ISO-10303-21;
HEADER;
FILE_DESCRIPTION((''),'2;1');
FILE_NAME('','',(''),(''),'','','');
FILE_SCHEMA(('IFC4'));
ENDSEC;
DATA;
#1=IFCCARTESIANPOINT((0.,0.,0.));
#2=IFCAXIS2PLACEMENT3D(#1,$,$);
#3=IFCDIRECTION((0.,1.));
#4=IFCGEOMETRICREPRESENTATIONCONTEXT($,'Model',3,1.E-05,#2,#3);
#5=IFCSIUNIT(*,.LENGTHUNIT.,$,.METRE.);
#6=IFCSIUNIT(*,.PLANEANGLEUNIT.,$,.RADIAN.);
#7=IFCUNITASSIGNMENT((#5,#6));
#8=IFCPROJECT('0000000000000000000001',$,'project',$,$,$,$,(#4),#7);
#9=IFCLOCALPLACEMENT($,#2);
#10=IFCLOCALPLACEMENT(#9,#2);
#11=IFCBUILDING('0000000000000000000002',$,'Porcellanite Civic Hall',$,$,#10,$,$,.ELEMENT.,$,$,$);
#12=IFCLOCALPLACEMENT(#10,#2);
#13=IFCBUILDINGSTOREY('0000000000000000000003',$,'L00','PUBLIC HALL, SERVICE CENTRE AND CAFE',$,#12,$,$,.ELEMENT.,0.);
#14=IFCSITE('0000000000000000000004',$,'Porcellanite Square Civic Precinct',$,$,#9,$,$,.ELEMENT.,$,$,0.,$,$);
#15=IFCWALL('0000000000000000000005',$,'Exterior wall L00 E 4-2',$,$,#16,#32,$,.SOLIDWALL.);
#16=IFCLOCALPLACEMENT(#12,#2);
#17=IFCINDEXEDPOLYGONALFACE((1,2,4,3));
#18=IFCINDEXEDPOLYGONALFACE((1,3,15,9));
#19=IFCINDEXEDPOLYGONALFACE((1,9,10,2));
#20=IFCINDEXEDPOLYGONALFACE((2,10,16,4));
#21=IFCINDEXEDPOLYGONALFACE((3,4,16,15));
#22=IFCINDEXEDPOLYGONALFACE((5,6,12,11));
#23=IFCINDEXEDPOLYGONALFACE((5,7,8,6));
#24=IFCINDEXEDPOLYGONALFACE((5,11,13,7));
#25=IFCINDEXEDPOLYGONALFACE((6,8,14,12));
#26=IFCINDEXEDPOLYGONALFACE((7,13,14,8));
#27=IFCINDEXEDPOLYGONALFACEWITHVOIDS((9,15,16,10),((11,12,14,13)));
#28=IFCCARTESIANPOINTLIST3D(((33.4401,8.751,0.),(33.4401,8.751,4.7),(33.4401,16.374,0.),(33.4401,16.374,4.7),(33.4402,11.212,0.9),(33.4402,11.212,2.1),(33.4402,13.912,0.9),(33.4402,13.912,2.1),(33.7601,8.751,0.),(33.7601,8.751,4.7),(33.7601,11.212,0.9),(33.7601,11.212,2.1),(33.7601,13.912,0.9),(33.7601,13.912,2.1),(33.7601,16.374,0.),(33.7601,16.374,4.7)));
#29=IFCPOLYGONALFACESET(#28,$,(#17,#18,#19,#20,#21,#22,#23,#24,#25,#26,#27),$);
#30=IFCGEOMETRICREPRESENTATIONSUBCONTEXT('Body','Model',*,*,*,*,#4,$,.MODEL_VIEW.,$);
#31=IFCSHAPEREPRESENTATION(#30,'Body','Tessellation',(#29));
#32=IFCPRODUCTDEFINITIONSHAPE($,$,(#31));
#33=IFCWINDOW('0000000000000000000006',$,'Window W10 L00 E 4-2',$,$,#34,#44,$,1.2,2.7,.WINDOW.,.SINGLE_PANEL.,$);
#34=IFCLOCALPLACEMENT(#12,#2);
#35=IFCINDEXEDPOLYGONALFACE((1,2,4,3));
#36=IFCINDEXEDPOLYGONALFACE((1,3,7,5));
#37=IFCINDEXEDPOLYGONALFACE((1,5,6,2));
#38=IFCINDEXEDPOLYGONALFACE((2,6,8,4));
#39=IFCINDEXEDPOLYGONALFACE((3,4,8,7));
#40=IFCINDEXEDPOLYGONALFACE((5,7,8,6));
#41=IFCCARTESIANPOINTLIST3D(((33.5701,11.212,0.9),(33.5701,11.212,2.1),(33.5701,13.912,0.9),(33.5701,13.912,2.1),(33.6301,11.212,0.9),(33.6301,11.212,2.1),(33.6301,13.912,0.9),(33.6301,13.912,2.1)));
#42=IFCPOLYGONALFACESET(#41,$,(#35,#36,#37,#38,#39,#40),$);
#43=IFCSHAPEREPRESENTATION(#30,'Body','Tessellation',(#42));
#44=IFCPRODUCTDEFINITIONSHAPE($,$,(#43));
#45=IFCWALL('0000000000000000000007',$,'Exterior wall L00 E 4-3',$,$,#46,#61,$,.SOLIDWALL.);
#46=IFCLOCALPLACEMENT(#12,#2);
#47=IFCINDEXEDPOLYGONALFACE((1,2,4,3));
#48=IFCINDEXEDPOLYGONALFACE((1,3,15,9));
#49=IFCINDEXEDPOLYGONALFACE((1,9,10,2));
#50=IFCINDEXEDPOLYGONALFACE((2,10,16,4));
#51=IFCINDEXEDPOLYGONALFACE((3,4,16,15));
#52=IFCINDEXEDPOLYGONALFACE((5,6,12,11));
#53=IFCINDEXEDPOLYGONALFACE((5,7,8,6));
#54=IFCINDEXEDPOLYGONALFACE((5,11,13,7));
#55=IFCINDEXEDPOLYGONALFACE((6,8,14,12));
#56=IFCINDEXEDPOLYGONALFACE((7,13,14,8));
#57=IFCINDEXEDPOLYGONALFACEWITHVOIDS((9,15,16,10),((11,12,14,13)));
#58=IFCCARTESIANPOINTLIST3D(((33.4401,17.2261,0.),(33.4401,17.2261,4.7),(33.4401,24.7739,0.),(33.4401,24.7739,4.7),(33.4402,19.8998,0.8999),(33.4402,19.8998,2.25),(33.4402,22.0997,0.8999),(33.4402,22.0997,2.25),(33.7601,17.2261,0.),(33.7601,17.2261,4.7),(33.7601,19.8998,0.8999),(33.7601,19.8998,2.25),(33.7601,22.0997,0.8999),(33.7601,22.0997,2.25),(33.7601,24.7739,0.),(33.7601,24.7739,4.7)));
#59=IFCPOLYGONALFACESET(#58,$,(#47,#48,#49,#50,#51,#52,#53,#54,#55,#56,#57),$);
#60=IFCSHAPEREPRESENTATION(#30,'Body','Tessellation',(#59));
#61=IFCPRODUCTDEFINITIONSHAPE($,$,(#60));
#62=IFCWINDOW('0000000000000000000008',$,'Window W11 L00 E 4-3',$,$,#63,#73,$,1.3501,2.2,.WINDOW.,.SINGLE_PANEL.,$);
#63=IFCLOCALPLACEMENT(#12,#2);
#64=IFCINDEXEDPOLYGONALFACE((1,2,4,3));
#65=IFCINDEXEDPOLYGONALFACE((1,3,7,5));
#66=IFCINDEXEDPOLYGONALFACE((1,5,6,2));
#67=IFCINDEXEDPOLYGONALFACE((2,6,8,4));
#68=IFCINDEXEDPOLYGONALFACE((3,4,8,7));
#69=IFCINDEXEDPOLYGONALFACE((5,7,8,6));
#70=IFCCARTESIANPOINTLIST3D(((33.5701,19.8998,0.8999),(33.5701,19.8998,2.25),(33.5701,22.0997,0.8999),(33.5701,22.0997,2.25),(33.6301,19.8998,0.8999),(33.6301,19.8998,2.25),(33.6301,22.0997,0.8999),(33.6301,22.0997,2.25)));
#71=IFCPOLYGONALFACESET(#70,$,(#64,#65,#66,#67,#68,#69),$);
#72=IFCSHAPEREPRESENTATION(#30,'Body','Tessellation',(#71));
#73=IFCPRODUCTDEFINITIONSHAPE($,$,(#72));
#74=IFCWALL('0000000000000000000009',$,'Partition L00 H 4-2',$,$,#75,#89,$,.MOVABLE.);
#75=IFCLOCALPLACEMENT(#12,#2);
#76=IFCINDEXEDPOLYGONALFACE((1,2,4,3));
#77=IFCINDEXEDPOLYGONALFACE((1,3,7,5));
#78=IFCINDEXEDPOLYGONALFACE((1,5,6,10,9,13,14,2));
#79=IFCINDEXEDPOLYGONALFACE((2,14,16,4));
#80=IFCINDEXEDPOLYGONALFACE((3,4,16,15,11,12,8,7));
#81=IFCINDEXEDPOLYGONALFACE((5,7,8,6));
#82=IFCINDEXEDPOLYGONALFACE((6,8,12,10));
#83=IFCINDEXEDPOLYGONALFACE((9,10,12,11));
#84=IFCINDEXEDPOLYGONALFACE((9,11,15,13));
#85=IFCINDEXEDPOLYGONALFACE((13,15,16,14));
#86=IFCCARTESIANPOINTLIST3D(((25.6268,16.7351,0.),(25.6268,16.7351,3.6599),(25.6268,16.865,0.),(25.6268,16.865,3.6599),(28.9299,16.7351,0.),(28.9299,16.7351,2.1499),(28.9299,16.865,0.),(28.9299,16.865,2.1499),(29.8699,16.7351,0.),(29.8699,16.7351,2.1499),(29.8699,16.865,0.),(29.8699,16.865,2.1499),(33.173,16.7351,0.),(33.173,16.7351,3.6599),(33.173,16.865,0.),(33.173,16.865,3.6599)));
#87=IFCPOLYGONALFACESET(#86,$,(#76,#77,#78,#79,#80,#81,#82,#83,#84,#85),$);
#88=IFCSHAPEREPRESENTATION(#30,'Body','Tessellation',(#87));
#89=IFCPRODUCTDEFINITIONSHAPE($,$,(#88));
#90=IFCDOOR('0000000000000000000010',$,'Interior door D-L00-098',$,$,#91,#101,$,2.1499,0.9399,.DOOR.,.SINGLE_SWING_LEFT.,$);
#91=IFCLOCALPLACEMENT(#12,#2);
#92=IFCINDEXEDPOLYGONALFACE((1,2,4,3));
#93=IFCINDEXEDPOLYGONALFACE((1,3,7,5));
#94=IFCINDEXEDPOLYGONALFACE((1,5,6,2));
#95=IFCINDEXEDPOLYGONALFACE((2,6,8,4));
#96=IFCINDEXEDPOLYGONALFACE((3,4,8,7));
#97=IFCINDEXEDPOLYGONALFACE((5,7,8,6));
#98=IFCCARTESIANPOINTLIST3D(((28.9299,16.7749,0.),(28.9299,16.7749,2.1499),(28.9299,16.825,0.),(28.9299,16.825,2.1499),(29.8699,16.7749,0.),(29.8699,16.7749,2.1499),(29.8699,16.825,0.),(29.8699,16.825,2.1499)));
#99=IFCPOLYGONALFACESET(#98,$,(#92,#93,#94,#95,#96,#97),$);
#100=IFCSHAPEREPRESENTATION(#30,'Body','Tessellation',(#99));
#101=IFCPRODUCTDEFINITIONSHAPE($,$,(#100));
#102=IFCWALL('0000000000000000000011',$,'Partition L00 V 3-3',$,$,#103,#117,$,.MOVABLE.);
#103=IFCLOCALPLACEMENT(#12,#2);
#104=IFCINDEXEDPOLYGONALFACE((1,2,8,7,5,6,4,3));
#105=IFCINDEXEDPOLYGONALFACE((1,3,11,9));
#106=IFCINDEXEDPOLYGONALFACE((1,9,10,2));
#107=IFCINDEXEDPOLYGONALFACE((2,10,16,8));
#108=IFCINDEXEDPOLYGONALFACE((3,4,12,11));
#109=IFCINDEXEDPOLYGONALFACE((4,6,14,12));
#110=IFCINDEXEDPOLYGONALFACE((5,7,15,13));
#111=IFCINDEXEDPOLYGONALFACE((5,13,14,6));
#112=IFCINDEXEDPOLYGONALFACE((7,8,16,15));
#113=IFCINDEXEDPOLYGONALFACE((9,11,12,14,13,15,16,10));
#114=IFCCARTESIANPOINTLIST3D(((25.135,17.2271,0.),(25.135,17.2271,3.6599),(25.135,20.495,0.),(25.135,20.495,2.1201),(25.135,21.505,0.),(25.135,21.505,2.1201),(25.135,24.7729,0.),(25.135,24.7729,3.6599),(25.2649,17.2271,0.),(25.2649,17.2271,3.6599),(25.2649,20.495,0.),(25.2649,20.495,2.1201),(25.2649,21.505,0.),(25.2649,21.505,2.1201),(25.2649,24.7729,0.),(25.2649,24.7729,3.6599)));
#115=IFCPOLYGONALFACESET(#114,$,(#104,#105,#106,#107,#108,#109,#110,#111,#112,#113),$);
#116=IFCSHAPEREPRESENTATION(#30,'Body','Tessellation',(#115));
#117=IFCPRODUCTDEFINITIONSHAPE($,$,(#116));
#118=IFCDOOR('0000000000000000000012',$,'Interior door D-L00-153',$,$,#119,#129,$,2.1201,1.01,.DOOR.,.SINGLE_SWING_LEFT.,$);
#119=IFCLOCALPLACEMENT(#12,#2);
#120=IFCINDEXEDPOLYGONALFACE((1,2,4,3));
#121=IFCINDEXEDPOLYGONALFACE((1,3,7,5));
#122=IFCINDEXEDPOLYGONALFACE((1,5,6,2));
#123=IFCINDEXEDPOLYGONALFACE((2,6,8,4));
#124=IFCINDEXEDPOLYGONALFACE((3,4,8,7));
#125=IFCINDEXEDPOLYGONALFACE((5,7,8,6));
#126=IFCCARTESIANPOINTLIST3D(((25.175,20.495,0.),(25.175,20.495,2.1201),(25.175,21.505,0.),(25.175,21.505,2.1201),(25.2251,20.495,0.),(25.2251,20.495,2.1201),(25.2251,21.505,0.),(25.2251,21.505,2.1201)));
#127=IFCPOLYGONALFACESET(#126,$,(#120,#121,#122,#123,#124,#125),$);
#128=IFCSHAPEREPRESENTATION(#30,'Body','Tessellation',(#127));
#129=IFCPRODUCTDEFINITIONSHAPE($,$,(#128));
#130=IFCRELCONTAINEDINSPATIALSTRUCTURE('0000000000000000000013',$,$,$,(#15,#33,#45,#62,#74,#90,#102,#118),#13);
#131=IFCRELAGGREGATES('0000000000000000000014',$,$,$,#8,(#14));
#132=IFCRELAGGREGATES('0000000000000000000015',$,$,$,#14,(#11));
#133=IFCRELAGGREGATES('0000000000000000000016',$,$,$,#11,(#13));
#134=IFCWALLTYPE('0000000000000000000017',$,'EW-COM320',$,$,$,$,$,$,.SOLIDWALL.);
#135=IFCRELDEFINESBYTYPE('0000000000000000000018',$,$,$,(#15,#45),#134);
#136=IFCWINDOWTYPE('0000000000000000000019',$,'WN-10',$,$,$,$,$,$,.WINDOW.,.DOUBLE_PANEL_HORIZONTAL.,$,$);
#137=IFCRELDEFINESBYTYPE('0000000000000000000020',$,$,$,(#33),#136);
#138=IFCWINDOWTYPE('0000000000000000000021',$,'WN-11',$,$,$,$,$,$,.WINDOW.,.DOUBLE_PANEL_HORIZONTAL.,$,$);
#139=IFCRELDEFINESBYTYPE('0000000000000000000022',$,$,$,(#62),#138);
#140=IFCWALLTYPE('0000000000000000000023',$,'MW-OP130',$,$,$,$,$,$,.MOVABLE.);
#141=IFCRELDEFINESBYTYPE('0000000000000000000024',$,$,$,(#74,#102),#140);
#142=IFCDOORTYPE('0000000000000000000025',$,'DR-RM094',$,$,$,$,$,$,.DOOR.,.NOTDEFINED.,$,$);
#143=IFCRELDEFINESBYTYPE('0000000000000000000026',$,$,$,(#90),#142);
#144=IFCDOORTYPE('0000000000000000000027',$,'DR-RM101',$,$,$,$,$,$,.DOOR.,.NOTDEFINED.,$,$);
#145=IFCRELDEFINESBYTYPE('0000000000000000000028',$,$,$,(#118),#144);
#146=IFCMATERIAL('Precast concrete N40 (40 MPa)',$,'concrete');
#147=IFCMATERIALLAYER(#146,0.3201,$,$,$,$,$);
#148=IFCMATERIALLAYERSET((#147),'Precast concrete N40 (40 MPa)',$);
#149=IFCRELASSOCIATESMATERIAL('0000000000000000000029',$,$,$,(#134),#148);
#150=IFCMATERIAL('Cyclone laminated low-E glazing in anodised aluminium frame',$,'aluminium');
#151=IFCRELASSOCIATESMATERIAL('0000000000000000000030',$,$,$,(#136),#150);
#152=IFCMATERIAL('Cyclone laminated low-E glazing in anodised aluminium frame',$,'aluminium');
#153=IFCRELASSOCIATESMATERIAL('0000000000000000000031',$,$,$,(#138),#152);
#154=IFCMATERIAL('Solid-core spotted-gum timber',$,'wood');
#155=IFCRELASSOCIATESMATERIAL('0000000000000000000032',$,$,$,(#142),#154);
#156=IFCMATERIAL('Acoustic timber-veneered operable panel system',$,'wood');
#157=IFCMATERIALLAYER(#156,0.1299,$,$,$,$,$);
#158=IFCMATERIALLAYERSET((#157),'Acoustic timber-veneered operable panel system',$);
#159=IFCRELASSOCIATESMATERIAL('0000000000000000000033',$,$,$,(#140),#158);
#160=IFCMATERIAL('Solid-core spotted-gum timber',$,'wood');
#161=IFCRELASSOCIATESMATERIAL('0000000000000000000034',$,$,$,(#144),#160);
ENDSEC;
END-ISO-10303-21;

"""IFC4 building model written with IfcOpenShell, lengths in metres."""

from ifc_helpers import new_model, si_unit, direction, frame, frame_2d, origin, place, context, subcontext, project, spatial, rectangle, extrude, material, layer, layer_set, type_object, element, fill, save


model = new_model("IFC4")

# Units and contexts
model_context = context("Model", 3, precision=1e-05, world=origin(), true_north=direction((0.0, 1.0)))
body_context = subcontext(model_context, "Body", "Model", "MODEL_VIEW")
ifc_project = project(units=[si_unit("LENGTHUNIT", "METRE"), si_unit("PLANEANGLEUNIT", "RADIAN")], contexts=[model_context])

# Site, building, storey
site_placement = place(None, origin())
site = spatial("IfcSite", under=ifc_project, at=site_placement, Name="Porcellanite Square Civic Precinct", CompositionType="ELEMENT", RefElevation=0.0)
building_placement = place(site_placement, origin())
building = spatial("IfcBuilding", under=site, at=building_placement, Name="Porcellanite Civic Hall", CompositionType="ELEMENT")
storey_placement = place(building_placement, origin())
storey = spatial("IfcBuildingStorey", under=building, at=storey_placement, Name="L00", Description="PUBLIC HALL, SERVICE CENTRE AND CAFE", CompositionType="ELEMENT", Elevation=0.0)

# Walls, openings, windows
ifc_material_1 = material(Name="Precast concrete N40 (40 MPa)", Category="concrete")
ifc_layer_1 = layer(ifc_material_1, 0.3201)
ifc_layer_set_1 = layer_set([ifc_layer_1], Name="Precast concrete N40 (40 MPa)")
wall_type_1 = type_object("IfcWallType", Name="EW-COM320", PredefinedType="SOLIDWALL", material=ifc_layer_set_1)
wall_1_placement = place(storey_placement, frame((33.6001, 16.374, 0.0), z_axis=(0.0, 0.0, 1.0), x_axis=(0.0, -1.0, 0.0)))
wall_1 = element("IfcWall", 1, at=wall_1_placement, inside=storey, type_object=wall_type_1, Name="Exterior wall L00 E 4-2", PredefinedType="SOLIDWALL", context=body_context, shape_type="SweptSolid", body=[
    extrude(rectangle(XDim=7.623, YDim=0.3201, at=frame_2d((3.8115, 0.0))), origin(), (0.0, 0.0, 1.0), 4.7),
])
opening_1_placement = place(wall_1_placement, frame((2.4619, 0.0, 0.8999)))
opening_1 = element("IfcOpeningElement", 2, at=opening_1_placement, cuts=wall_1, PredefinedType="OPENING", context=body_context, shape_type="SweptSolid", body=[
    extrude(rectangle(XDim=2.7, YDim=1.2, at=frame_2d((1.3501, 0.6001))), frame((0.0, 0.1602, 0.0), z_axis=(0.0, -1.0, 0.0), x_axis=(1.0, 0.0, 0.0)), (0.0, 0.0, 1.0), 0.3201),
])
ifc_material_2 = material(Name="Cyclone laminated low-E glazing in anodised aluminium frame", Category="aluminium")
window_type_1 = type_object("IfcWindowType", Name="WN-10", PartitioningType="DOUBLE_PANEL_HORIZONTAL", PredefinedType="WINDOW", material=ifc_material_2)
window_1_placement = place(opening_1_placement, origin())
window_1 = element("IfcWindow", 3, at=window_1_placement, inside=storey, type_object=window_type_1, Name="Window W10 L00 E 4-2", OverallHeight=1.2, OverallWidth=2.7, PartitioningType="SINGLE_PANEL", PredefinedType="WINDOW", context=body_context, shape_type="SweptSolid", body=[
    extrude(rectangle(XDim=2.7, YDim=1.2, at=frame_2d((1.3501, 0.6001))), frame((0.0, 0.03, 0.0), z_axis=(0.0, -1.0, 0.0), x_axis=(1.0, 0.0, 0.0)), (0.0, 0.0, 1.0), 0.0601),
])
fill(opening_1, window_1)
wall_2_placement = place(storey_placement, frame((33.6001, 24.7739, 0.0), z_axis=(0.0, 0.0, 1.0), x_axis=(0.0, -1.0, 0.0)))
wall_2 = element("IfcWall", 4, at=wall_2_placement, inside=storey, type_object=wall_type_1, Name="Exterior wall L00 E 4-3", PredefinedType="SOLIDWALL", context=body_context, shape_type="SweptSolid", body=[
    extrude(rectangle(XDim=7.5479, YDim=0.3201, at=frame_2d((3.7739, 0.0))), origin(), (0.0, 0.0, 1.0), 4.7),
])
opening_2_placement = place(wall_2_placement, frame((2.6741, 0.0, 0.8999)))
opening_2 = element("IfcOpeningElement", 5, at=opening_2_placement, cuts=wall_2, PredefinedType="OPENING", context=body_context, shape_type="SweptSolid", body=[
    extrude(rectangle(XDim=2.2, YDim=1.3501, at=frame_2d((1.1001, 0.675))), frame((0.0, 0.1602, 0.0), z_axis=(0.0, -1.0, 0.0), x_axis=(1.0, 0.0, 0.0)), (0.0, 0.0, 1.0), 0.3201),
])
ifc_material_3 = material(Name="Cyclone laminated low-E glazing in anodised aluminium frame", Category="aluminium")
window_type_2 = type_object("IfcWindowType", Name="WN-11", PartitioningType="DOUBLE_PANEL_HORIZONTAL", PredefinedType="WINDOW", material=ifc_material_3)
window_2_placement = place(opening_2_placement, origin())
window_2 = element("IfcWindow", 6, at=window_2_placement, inside=storey, type_object=window_type_2, Name="Window W11 L00 E 4-3", OverallHeight=1.3501, OverallWidth=2.2, PartitioningType="SINGLE_PANEL", PredefinedType="WINDOW", context=body_context, shape_type="SweptSolid", body=[
    extrude(rectangle(XDim=2.2, YDim=1.3501, at=frame_2d((1.1001, 0.675))), frame((0.0, 0.03, 0.0), z_axis=(0.0, -1.0, 0.0), x_axis=(1.0, 0.0, 0.0)), (0.0, 0.0, 1.0), 0.0601),
])
fill(opening_2, window_2)

# Walls, openings, doors
ifc_material_4 = material(Name="Solid-core spotted-gum timber", Category="wood")
door_type_1 = type_object("IfcDoorType", Name="DR-RM094", OperationType="NOTDEFINED", PredefinedType="DOOR", material=ifc_material_4)
ifc_material_5 = material(Name="Acoustic timber-veneered operable panel system", Category="wood")
ifc_layer_2 = layer(ifc_material_5, 0.1299)
ifc_layer_set_2 = layer_set([ifc_layer_2], Name="Acoustic timber-veneered operable panel system")
wall_type_2 = type_object("IfcWallType", Name="MW-OP130", PredefinedType="MOVABLE", material=ifc_layer_set_2)
wall_3_placement = place(storey_placement, frame((25.627, 16.8, 0.0), z_axis=(0.0, 0.0, 1.0), x_axis=(1.0, 0.0, 0.0)))
wall_3 = element("IfcWall", 7, at=wall_3_placement, inside=storey, type_object=wall_type_2, Name="Partition L00 H 4-2", PredefinedType="MOVABLE", context=body_context, shape_type="SweptSolid", body=[
    extrude(rectangle(XDim=7.5461, YDim=0.1299, at=frame_2d((3.7729, 0.0))), origin(), (0.0, 0.0, 1.0), 3.6599),
])
opening_3_placement = place(wall_3_placement, frame((3.303, 0.0, 0.0)))
opening_3 = element("IfcOpeningElement", 8, at=opening_3_placement, cuts=wall_3, PredefinedType="OPENING", context=body_context, shape_type="SweptSolid", body=[
    extrude(rectangle(XDim=0.9399, YDim=2.1499, at=frame_2d((0.47, 1.075))), frame((0.0, 0.0649, 0.0), z_axis=(0.0, -1.0, 0.0), x_axis=(1.0, 0.0, 0.0)), (0.0, 0.0, 1.0), 0.1299),
])
door_1_placement = place(opening_3_placement, origin())
door_1 = element("IfcDoor", 9, at=door_1_placement, inside=storey, type_object=door_type_1, Name="Interior door D-L00-098", OperationType="SINGLE_SWING_LEFT", OverallHeight=2.1499, OverallWidth=0.9399, PredefinedType="DOOR", context=body_context, shape_type="SweptSolid", body=[
    extrude(rectangle(XDim=0.9399, YDim=2.1499, at=frame_2d((0.47, 1.075))), frame((0.0, 0.0249, 0.0), z_axis=(0.0, -1.0, 0.0), x_axis=(1.0, 0.0, 0.0)), (0.0, 0.0, 1.0), 0.05),
])
fill(opening_3, door_1)
wall_4_placement = place(storey_placement, frame((25.2, 17.2271, 0.0), z_axis=(0.0, 0.0, 1.0), x_axis=(0.0, 1.0, 0.0)))
wall_4 = element("IfcWall", 10, at=wall_4_placement, inside=storey, type_object=wall_type_2, Name="Partition L00 V 3-3", PredefinedType="MOVABLE", context=body_context, shape_type="SweptSolid", body=[
    extrude(rectangle(XDim=7.5459, YDim=0.1299, at=frame_2d((3.7729, 0.0))), origin(), (0.0, 0.0, 1.0), 3.6599),
])
opening_4_placement = place(wall_4_placement, frame((3.2681, 0.0, 0.0)))
opening_4 = element("IfcOpeningElement", 11, at=opening_4_placement, cuts=wall_4, PredefinedType="OPENING", context=body_context, shape_type="SweptSolid", body=[
    extrude(rectangle(XDim=1.01, YDim=2.1201, at=frame_2d((0.5049, 1.0601))), frame((0.0, 0.0649, 0.0), z_axis=(0.0, -1.0, 0.0), x_axis=(1.0, 0.0, 0.0)), (0.0, 0.0, 1.0), 0.1299),
])
ifc_material_6 = material(Name="Solid-core spotted-gum timber", Category="wood")
door_type_2 = type_object("IfcDoorType", Name="DR-RM101", OperationType="NOTDEFINED", PredefinedType="DOOR", material=ifc_material_6)
door_2_placement = place(opening_4_placement, origin())
door_2 = element("IfcDoor", 12, at=door_2_placement, inside=storey, type_object=door_type_2, Name="Interior door D-L00-153", OperationType="SINGLE_SWING_LEFT", OverallHeight=2.1201, OverallWidth=1.01, PredefinedType="DOOR", context=body_context, shape_type="SweptSolid", body=[
    extrude(rectangle(XDim=1.01, YDim=2.1201, at=frame_2d((0.5049, 1.0601))), frame((0.0, 0.0249, 0.0), z_axis=(0.0, -1.0, 0.0), x_axis=(1.0, 0.0, 0.0)), (0.0, 0.0, 1.0), 0.05),
])
fill(opening_4, door_2)

save(model, "model.ifc")
